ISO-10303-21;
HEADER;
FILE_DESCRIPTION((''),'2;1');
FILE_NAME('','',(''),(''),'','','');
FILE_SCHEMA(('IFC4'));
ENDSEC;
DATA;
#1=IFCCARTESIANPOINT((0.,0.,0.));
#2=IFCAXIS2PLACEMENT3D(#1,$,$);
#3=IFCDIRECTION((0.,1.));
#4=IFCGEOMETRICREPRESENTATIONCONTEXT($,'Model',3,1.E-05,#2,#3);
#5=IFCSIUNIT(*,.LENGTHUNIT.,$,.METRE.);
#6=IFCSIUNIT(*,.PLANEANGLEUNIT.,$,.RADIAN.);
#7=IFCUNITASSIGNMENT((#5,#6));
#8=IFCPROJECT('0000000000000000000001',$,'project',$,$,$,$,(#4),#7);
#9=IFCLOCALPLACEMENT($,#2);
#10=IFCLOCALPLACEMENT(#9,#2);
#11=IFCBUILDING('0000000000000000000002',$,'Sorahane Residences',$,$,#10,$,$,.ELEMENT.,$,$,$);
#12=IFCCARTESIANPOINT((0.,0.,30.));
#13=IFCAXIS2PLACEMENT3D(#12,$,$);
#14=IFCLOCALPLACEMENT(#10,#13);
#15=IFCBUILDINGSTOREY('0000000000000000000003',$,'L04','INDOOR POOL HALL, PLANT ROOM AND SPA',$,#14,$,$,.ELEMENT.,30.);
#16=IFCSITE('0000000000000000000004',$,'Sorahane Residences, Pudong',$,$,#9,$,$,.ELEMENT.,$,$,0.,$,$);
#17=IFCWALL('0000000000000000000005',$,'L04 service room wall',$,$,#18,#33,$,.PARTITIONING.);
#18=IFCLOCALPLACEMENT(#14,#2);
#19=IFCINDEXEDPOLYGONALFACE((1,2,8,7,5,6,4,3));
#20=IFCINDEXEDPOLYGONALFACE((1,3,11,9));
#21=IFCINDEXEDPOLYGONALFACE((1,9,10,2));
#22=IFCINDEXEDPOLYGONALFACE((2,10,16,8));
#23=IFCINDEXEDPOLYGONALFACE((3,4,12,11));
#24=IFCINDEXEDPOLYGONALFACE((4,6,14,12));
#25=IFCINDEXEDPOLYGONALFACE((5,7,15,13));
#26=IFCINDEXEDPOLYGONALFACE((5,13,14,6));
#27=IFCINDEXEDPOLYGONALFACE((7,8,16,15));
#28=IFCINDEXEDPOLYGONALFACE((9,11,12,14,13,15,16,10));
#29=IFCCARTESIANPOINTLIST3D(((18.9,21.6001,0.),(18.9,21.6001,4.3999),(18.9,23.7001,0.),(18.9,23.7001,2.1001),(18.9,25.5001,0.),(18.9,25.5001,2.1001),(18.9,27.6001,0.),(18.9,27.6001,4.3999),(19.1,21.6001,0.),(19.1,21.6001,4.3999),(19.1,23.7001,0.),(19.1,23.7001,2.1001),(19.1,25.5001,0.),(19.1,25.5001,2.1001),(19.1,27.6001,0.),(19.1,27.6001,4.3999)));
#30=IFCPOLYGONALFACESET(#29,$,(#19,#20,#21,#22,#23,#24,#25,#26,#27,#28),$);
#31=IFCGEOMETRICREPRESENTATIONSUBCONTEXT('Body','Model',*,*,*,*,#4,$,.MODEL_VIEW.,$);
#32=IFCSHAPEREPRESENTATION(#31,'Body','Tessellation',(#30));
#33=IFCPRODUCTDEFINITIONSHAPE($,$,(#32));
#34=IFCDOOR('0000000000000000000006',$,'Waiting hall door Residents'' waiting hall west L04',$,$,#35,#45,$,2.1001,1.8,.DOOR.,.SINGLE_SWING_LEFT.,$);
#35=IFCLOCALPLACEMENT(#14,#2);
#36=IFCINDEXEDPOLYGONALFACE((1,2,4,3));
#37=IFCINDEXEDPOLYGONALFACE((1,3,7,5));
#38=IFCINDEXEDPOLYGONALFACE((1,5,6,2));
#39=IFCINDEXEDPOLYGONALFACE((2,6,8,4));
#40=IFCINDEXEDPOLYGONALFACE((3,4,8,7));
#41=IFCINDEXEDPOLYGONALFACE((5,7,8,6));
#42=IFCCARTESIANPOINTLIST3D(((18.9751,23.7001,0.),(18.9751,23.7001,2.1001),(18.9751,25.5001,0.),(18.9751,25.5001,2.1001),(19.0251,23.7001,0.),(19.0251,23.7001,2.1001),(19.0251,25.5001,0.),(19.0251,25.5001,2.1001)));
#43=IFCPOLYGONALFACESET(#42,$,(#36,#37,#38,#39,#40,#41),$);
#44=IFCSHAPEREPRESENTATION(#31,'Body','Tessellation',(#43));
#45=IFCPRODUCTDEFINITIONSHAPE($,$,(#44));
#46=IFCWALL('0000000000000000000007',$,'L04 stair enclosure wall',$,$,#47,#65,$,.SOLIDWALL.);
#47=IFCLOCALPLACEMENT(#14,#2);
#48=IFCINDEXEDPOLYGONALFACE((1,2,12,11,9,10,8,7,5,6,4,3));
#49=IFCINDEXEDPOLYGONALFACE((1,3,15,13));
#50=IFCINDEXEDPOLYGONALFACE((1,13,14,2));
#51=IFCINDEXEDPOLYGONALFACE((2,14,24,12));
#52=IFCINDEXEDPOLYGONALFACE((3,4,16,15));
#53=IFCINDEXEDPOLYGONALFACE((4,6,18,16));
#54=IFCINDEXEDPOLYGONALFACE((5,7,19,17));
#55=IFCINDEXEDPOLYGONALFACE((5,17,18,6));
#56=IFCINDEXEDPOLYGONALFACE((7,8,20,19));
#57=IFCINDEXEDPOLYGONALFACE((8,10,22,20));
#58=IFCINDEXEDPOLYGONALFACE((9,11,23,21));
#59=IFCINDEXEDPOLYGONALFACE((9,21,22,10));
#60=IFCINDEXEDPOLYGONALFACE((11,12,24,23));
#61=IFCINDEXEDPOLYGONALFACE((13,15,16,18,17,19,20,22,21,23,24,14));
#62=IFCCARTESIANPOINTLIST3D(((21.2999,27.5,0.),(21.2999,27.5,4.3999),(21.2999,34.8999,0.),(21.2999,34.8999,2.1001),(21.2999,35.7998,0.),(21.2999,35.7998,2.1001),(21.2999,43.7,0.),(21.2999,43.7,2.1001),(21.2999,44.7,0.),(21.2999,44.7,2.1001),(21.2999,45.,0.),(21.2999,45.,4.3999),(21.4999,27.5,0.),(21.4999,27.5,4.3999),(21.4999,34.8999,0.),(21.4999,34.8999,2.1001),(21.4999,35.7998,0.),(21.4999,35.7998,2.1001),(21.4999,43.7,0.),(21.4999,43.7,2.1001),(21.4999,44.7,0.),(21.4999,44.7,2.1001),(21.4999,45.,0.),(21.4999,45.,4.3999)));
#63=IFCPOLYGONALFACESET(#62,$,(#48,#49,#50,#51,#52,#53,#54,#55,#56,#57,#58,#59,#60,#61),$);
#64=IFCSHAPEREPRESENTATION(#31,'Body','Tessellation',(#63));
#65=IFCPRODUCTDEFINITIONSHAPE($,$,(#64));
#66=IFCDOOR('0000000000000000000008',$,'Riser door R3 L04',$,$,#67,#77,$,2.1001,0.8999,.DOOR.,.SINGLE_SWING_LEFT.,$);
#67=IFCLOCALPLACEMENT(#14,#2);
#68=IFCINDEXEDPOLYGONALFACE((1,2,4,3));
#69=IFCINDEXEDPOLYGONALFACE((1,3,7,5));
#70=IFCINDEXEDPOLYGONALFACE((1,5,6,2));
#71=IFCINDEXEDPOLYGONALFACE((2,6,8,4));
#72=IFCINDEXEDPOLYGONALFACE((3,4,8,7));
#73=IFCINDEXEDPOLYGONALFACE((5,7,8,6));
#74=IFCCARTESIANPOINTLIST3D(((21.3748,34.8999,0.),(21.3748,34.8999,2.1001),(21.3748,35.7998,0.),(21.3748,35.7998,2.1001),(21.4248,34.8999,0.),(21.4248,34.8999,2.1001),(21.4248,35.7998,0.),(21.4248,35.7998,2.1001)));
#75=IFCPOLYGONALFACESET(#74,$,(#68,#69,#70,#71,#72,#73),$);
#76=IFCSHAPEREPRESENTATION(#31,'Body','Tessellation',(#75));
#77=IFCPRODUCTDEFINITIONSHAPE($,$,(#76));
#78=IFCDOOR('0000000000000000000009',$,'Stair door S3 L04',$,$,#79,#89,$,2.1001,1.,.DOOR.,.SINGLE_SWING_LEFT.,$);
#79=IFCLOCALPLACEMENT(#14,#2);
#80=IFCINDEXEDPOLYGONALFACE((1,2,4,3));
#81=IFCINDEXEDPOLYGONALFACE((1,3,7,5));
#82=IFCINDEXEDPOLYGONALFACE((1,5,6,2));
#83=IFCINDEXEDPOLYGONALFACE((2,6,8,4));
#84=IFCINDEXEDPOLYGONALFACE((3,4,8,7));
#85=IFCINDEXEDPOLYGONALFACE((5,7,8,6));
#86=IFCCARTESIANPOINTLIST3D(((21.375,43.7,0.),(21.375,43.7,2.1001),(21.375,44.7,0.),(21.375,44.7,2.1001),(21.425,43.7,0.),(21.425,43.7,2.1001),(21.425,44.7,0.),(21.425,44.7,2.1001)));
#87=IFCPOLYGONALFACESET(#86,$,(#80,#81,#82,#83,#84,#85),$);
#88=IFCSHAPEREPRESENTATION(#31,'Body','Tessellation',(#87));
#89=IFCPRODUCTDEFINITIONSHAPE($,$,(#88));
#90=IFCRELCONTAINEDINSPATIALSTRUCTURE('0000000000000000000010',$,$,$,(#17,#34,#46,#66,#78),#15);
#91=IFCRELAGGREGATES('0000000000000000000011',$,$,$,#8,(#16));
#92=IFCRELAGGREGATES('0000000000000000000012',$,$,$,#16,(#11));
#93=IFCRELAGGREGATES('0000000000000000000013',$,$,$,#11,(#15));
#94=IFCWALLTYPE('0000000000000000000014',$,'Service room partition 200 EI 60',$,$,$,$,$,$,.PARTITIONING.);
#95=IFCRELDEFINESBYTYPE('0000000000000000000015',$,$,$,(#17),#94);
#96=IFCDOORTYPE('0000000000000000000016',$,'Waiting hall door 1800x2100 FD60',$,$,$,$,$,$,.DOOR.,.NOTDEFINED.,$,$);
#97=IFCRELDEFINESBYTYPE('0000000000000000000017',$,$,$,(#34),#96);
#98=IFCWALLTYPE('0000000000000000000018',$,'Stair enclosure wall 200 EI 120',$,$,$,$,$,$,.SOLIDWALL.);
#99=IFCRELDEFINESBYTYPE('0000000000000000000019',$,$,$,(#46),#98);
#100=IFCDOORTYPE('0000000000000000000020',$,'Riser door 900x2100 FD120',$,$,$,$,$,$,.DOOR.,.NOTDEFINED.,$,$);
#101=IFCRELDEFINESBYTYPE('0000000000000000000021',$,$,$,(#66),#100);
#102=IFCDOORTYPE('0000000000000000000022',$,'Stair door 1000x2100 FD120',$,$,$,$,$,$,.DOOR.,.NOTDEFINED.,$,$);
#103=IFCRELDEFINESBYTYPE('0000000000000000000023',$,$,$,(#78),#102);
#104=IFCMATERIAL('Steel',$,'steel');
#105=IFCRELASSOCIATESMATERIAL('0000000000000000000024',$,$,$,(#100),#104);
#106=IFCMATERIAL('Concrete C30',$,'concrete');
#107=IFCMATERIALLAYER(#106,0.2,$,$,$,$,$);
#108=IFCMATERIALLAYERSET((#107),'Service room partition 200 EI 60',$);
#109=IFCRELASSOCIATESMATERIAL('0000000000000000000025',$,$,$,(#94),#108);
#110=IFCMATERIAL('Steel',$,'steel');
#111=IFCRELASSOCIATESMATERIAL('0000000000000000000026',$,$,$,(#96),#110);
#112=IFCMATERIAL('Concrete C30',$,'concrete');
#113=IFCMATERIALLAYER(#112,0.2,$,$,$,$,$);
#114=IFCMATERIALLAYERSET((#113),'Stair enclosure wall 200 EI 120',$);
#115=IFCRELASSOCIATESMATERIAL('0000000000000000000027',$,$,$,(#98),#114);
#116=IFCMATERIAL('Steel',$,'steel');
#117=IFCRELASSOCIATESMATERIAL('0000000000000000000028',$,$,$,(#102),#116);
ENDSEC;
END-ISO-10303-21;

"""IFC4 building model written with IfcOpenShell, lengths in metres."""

from ifc_helpers import new_model, si_unit, direction, frame, frame_2d, origin, place, context, subcontext, project, spatial, rectangle, extrude, material, layer, layer_set, type_object, element, fill, save


model = new_model("IFC4")

# Units and contexts
model_context = context("Model", 3, precision=1e-05, world=origin(), true_north=direction((0.0, 1.0)))
body_context = subcontext(model_context, "Body", "Model", "MODEL_VIEW")
ifc_project = project(units=[si_unit("LENGTHUNIT", "METRE"), si_unit("PLANEANGLEUNIT", "RADIAN")], contexts=[model_context])

# Site, building, storey
site_placement = place(None, origin())
site = spatial("IfcSite", under=ifc_project, at=site_placement, Name="Sorahane Residences, Pudong", CompositionType="ELEMENT", RefElevation=0.0)
building_placement = place(site_placement, origin())
building = spatial("IfcBuilding", under=site, at=building_placement, Name="Sorahane Residences", CompositionType="ELEMENT")
storey_placement = place(building_placement, frame((0.0, 0.0, 30.0)))
storey = spatial("IfcBuildingStorey", under=building, at=storey_placement, Name="L04", Description="INDOOR POOL HALL, PLANT ROOM AND SPA", CompositionType="ELEMENT", Elevation=30.0)

# Shared definitions
ifc_material_1 = material(Name="Steel", Category="steel")
door_type_1 = type_object("IfcDoorType", Name="Riser door 900x2100 FD120", OperationType="NOTDEFINED", PredefinedType="DOOR", material=ifc_material_1)

# Wall, opening, door
ifc_material_2 = material(Name="Concrete C30", Category="concrete")
ifc_layer_1 = layer(ifc_material_2, 0.2)
ifc_layer_set_1 = layer_set([ifc_layer_1], Name="Service room partition 200 EI 60")
wall_type_1 = type_object("IfcWallType", Name="Service room partition 200 EI 60", PredefinedType="PARTITIONING", material=ifc_layer_set_1)
wall_1_placement = place(storey_placement, frame((19.0, 21.6001, 0.0), z_axis=(0.0, 0.0, 1.0), x_axis=(0.0, 1.0, 0.0)))
wall_1 = element("IfcWall", 1, at=wall_1_placement, inside=storey, type_object=wall_type_1, Name="L04 service room wall", PredefinedType="PARTITIONING", context=body_context, shape_type="SweptSolid", body=[
    extrude(rectangle(XDim=6.0, YDim=0.2, at=frame_2d((3.0, 0.0))), origin(), (0.0, 0.0, 1.0), 4.3999),
])
opening_1_placement = place(wall_1_placement, frame((2.1001, 0.0, 0.0)))
opening_1 = element("IfcOpeningElement", 2, at=opening_1_placement, cuts=wall_1, PredefinedType="OPENING", context=body_context, shape_type="SweptSolid", body=[
    extrude(rectangle(XDim=1.8, YDim=2.1001, at=frame_2d((0.8999, 1.05))), frame((0.0, 0.1099, 0.0), z_axis=(0.0, -1.0, 0.0), x_axis=(1.0, 0.0, 0.0)), (0.0, 0.0, 1.0), 0.22),
])
ifc_material_3 = material(Name="Steel", Category="steel")
door_type_2 = type_object("IfcDoorType", Name="Waiting hall door 1800x2100 FD60", OperationType="NOTDEFINED", PredefinedType="DOOR", material=ifc_material_3)
door_1_placement = place(opening_1_placement, origin())
door_1 = element("IfcDoor", 3, at=door_1_placement, inside=storey, type_object=door_type_2, Name="Waiting hall door Residents' waiting hall west L04", OperationType="SINGLE_SWING_LEFT", OverallHeight=2.1001, OverallWidth=1.8, PredefinedType="DOOR", context=body_context, shape_type="SweptSolid", body=[
    extrude(rectangle(XDim=1.8, YDim=2.1001, at=frame_2d((0.8999, 1.05))), frame((0.0, 0.0249, 0.0), z_axis=(0.0, -1.0, 0.0), x_axis=(1.0, 0.0, 0.0)), (0.0, 0.0, 1.0), 0.05),
])
fill(opening_1, door_1)

# Wall, openings, doors
ifc_material_4 = material(Name="Concrete C30", Category="concrete")
ifc_layer_2 = layer(ifc_material_4, 0.2)
ifc_layer_set_2 = layer_set([ifc_layer_2], Name="Stair enclosure wall 200 EI 120")
wall_type_2 = type_object("IfcWallType", Name="Stair enclosure wall 200 EI 120", PredefinedType="SOLIDWALL", material=ifc_layer_set_2)
wall_2_placement = place(storey_placement, frame((21.3999, 27.5, 0.0), z_axis=(0.0, 0.0, 1.0), x_axis=(0.0, 1.0, 0.0)))
wall_2 = element("IfcWall", 4, at=wall_2_placement, inside=storey, type_object=wall_type_2, Name="L04 stair enclosure wall", PredefinedType="SOLIDWALL", context=body_context, shape_type="SweptSolid", body=[
    extrude(rectangle(XDim=17.5, YDim=0.2, at=frame_2d((8.75, 0.0))), origin(), (0.0, 0.0, 1.0), 4.3999),
])
opening_2_placement = place(wall_2_placement, frame((16.2, 0.0, 0.0)))
opening_2 = element("IfcOpeningElement", 5, at=opening_2_placement, cuts=wall_2, PredefinedType="OPENING", context=body_context, shape_type="SweptSolid", body=[
    extrude(rectangle(XDim=1.0, YDim=2.1001, at=frame_2d((0.5, 1.05))), frame((0.0, 0.1099, 0.0), z_axis=(0.0, -1.0, 0.0), x_axis=(1.0, 0.0, 0.0)), (0.0, 0.0, 1.0), 0.22),
])
opening_3_placement = place(wall_2_placement, frame((7.3999, 0.0, 0.0)))
opening_3 = element("IfcOpeningElement", 6, at=opening_3_placement, cuts=wall_2, PredefinedType="OPENING", context=body_context, shape_type="SweptSolid", body=[
    extrude(rectangle(XDim=0.8999, YDim=2.1001, at=frame_2d((0.45, 1.05))), frame((0.0, 0.1099, 0.0), z_axis=(0.0, -1.0, 0.0), x_axis=(1.0, 0.0, 0.0)), (0.0, 0.0, 1.0), 0.22),
])
door_2_placement = place(opening_3_placement, frame((0.8999, 0.0, 0.0), z_axis=(0.0, 0.0, 1.0), x_axis=(-1.0, 0.0, 0.0)))
door_2 = element("IfcDoor", 7, at=door_2_placement, inside=storey, type_object=door_type_1, Name="Riser door R3 L04", OperationType="SINGLE_SWING_LEFT", OverallHeight=2.1001, OverallWidth=0.8999, PredefinedType="DOOR", context=body_context, shape_type="SweptSolid", body=[
    extrude(rectangle(XDim=0.8999, YDim=2.1001, at=frame_2d((0.45, 1.05))), frame((0.0, 0.0249, 0.0), z_axis=(0.0, -1.0, 0.0), x_axis=(1.0, 0.0, 0.0)), (0.0, 0.0, 1.0), 0.05),
])
fill(opening_3, door_2)
ifc_material_5 = material(Name="Steel", Category="steel")
door_type_3 = type_object("IfcDoorType", Name="Stair door 1000x2100 FD120", OperationType="NOTDEFINED", PredefinedType="DOOR", material=ifc_material_5)
door_3_placement = place(opening_2_placement, origin())
door_3 = element("IfcDoor", 8, at=door_3_placement, inside=storey, type_object=door_type_3, Name="Stair door S3 L04", OperationType="SINGLE_SWING_LEFT", OverallHeight=2.1001, OverallWidth=1.0, PredefinedType="DOOR", context=body_context, shape_type="SweptSolid", body=[
    extrude(rectangle(XDim=1.0, YDim=2.1001, at=frame_2d((0.5, 1.05))), frame((0.0, 0.0249, 0.0), z_axis=(0.0, -1.0, 0.0), x_axis=(1.0, 0.0, 0.0)), (0.0, 0.0, 1.0), 0.05),
])
fill(opening_2, door_3)

save(model, "model.ifc")
